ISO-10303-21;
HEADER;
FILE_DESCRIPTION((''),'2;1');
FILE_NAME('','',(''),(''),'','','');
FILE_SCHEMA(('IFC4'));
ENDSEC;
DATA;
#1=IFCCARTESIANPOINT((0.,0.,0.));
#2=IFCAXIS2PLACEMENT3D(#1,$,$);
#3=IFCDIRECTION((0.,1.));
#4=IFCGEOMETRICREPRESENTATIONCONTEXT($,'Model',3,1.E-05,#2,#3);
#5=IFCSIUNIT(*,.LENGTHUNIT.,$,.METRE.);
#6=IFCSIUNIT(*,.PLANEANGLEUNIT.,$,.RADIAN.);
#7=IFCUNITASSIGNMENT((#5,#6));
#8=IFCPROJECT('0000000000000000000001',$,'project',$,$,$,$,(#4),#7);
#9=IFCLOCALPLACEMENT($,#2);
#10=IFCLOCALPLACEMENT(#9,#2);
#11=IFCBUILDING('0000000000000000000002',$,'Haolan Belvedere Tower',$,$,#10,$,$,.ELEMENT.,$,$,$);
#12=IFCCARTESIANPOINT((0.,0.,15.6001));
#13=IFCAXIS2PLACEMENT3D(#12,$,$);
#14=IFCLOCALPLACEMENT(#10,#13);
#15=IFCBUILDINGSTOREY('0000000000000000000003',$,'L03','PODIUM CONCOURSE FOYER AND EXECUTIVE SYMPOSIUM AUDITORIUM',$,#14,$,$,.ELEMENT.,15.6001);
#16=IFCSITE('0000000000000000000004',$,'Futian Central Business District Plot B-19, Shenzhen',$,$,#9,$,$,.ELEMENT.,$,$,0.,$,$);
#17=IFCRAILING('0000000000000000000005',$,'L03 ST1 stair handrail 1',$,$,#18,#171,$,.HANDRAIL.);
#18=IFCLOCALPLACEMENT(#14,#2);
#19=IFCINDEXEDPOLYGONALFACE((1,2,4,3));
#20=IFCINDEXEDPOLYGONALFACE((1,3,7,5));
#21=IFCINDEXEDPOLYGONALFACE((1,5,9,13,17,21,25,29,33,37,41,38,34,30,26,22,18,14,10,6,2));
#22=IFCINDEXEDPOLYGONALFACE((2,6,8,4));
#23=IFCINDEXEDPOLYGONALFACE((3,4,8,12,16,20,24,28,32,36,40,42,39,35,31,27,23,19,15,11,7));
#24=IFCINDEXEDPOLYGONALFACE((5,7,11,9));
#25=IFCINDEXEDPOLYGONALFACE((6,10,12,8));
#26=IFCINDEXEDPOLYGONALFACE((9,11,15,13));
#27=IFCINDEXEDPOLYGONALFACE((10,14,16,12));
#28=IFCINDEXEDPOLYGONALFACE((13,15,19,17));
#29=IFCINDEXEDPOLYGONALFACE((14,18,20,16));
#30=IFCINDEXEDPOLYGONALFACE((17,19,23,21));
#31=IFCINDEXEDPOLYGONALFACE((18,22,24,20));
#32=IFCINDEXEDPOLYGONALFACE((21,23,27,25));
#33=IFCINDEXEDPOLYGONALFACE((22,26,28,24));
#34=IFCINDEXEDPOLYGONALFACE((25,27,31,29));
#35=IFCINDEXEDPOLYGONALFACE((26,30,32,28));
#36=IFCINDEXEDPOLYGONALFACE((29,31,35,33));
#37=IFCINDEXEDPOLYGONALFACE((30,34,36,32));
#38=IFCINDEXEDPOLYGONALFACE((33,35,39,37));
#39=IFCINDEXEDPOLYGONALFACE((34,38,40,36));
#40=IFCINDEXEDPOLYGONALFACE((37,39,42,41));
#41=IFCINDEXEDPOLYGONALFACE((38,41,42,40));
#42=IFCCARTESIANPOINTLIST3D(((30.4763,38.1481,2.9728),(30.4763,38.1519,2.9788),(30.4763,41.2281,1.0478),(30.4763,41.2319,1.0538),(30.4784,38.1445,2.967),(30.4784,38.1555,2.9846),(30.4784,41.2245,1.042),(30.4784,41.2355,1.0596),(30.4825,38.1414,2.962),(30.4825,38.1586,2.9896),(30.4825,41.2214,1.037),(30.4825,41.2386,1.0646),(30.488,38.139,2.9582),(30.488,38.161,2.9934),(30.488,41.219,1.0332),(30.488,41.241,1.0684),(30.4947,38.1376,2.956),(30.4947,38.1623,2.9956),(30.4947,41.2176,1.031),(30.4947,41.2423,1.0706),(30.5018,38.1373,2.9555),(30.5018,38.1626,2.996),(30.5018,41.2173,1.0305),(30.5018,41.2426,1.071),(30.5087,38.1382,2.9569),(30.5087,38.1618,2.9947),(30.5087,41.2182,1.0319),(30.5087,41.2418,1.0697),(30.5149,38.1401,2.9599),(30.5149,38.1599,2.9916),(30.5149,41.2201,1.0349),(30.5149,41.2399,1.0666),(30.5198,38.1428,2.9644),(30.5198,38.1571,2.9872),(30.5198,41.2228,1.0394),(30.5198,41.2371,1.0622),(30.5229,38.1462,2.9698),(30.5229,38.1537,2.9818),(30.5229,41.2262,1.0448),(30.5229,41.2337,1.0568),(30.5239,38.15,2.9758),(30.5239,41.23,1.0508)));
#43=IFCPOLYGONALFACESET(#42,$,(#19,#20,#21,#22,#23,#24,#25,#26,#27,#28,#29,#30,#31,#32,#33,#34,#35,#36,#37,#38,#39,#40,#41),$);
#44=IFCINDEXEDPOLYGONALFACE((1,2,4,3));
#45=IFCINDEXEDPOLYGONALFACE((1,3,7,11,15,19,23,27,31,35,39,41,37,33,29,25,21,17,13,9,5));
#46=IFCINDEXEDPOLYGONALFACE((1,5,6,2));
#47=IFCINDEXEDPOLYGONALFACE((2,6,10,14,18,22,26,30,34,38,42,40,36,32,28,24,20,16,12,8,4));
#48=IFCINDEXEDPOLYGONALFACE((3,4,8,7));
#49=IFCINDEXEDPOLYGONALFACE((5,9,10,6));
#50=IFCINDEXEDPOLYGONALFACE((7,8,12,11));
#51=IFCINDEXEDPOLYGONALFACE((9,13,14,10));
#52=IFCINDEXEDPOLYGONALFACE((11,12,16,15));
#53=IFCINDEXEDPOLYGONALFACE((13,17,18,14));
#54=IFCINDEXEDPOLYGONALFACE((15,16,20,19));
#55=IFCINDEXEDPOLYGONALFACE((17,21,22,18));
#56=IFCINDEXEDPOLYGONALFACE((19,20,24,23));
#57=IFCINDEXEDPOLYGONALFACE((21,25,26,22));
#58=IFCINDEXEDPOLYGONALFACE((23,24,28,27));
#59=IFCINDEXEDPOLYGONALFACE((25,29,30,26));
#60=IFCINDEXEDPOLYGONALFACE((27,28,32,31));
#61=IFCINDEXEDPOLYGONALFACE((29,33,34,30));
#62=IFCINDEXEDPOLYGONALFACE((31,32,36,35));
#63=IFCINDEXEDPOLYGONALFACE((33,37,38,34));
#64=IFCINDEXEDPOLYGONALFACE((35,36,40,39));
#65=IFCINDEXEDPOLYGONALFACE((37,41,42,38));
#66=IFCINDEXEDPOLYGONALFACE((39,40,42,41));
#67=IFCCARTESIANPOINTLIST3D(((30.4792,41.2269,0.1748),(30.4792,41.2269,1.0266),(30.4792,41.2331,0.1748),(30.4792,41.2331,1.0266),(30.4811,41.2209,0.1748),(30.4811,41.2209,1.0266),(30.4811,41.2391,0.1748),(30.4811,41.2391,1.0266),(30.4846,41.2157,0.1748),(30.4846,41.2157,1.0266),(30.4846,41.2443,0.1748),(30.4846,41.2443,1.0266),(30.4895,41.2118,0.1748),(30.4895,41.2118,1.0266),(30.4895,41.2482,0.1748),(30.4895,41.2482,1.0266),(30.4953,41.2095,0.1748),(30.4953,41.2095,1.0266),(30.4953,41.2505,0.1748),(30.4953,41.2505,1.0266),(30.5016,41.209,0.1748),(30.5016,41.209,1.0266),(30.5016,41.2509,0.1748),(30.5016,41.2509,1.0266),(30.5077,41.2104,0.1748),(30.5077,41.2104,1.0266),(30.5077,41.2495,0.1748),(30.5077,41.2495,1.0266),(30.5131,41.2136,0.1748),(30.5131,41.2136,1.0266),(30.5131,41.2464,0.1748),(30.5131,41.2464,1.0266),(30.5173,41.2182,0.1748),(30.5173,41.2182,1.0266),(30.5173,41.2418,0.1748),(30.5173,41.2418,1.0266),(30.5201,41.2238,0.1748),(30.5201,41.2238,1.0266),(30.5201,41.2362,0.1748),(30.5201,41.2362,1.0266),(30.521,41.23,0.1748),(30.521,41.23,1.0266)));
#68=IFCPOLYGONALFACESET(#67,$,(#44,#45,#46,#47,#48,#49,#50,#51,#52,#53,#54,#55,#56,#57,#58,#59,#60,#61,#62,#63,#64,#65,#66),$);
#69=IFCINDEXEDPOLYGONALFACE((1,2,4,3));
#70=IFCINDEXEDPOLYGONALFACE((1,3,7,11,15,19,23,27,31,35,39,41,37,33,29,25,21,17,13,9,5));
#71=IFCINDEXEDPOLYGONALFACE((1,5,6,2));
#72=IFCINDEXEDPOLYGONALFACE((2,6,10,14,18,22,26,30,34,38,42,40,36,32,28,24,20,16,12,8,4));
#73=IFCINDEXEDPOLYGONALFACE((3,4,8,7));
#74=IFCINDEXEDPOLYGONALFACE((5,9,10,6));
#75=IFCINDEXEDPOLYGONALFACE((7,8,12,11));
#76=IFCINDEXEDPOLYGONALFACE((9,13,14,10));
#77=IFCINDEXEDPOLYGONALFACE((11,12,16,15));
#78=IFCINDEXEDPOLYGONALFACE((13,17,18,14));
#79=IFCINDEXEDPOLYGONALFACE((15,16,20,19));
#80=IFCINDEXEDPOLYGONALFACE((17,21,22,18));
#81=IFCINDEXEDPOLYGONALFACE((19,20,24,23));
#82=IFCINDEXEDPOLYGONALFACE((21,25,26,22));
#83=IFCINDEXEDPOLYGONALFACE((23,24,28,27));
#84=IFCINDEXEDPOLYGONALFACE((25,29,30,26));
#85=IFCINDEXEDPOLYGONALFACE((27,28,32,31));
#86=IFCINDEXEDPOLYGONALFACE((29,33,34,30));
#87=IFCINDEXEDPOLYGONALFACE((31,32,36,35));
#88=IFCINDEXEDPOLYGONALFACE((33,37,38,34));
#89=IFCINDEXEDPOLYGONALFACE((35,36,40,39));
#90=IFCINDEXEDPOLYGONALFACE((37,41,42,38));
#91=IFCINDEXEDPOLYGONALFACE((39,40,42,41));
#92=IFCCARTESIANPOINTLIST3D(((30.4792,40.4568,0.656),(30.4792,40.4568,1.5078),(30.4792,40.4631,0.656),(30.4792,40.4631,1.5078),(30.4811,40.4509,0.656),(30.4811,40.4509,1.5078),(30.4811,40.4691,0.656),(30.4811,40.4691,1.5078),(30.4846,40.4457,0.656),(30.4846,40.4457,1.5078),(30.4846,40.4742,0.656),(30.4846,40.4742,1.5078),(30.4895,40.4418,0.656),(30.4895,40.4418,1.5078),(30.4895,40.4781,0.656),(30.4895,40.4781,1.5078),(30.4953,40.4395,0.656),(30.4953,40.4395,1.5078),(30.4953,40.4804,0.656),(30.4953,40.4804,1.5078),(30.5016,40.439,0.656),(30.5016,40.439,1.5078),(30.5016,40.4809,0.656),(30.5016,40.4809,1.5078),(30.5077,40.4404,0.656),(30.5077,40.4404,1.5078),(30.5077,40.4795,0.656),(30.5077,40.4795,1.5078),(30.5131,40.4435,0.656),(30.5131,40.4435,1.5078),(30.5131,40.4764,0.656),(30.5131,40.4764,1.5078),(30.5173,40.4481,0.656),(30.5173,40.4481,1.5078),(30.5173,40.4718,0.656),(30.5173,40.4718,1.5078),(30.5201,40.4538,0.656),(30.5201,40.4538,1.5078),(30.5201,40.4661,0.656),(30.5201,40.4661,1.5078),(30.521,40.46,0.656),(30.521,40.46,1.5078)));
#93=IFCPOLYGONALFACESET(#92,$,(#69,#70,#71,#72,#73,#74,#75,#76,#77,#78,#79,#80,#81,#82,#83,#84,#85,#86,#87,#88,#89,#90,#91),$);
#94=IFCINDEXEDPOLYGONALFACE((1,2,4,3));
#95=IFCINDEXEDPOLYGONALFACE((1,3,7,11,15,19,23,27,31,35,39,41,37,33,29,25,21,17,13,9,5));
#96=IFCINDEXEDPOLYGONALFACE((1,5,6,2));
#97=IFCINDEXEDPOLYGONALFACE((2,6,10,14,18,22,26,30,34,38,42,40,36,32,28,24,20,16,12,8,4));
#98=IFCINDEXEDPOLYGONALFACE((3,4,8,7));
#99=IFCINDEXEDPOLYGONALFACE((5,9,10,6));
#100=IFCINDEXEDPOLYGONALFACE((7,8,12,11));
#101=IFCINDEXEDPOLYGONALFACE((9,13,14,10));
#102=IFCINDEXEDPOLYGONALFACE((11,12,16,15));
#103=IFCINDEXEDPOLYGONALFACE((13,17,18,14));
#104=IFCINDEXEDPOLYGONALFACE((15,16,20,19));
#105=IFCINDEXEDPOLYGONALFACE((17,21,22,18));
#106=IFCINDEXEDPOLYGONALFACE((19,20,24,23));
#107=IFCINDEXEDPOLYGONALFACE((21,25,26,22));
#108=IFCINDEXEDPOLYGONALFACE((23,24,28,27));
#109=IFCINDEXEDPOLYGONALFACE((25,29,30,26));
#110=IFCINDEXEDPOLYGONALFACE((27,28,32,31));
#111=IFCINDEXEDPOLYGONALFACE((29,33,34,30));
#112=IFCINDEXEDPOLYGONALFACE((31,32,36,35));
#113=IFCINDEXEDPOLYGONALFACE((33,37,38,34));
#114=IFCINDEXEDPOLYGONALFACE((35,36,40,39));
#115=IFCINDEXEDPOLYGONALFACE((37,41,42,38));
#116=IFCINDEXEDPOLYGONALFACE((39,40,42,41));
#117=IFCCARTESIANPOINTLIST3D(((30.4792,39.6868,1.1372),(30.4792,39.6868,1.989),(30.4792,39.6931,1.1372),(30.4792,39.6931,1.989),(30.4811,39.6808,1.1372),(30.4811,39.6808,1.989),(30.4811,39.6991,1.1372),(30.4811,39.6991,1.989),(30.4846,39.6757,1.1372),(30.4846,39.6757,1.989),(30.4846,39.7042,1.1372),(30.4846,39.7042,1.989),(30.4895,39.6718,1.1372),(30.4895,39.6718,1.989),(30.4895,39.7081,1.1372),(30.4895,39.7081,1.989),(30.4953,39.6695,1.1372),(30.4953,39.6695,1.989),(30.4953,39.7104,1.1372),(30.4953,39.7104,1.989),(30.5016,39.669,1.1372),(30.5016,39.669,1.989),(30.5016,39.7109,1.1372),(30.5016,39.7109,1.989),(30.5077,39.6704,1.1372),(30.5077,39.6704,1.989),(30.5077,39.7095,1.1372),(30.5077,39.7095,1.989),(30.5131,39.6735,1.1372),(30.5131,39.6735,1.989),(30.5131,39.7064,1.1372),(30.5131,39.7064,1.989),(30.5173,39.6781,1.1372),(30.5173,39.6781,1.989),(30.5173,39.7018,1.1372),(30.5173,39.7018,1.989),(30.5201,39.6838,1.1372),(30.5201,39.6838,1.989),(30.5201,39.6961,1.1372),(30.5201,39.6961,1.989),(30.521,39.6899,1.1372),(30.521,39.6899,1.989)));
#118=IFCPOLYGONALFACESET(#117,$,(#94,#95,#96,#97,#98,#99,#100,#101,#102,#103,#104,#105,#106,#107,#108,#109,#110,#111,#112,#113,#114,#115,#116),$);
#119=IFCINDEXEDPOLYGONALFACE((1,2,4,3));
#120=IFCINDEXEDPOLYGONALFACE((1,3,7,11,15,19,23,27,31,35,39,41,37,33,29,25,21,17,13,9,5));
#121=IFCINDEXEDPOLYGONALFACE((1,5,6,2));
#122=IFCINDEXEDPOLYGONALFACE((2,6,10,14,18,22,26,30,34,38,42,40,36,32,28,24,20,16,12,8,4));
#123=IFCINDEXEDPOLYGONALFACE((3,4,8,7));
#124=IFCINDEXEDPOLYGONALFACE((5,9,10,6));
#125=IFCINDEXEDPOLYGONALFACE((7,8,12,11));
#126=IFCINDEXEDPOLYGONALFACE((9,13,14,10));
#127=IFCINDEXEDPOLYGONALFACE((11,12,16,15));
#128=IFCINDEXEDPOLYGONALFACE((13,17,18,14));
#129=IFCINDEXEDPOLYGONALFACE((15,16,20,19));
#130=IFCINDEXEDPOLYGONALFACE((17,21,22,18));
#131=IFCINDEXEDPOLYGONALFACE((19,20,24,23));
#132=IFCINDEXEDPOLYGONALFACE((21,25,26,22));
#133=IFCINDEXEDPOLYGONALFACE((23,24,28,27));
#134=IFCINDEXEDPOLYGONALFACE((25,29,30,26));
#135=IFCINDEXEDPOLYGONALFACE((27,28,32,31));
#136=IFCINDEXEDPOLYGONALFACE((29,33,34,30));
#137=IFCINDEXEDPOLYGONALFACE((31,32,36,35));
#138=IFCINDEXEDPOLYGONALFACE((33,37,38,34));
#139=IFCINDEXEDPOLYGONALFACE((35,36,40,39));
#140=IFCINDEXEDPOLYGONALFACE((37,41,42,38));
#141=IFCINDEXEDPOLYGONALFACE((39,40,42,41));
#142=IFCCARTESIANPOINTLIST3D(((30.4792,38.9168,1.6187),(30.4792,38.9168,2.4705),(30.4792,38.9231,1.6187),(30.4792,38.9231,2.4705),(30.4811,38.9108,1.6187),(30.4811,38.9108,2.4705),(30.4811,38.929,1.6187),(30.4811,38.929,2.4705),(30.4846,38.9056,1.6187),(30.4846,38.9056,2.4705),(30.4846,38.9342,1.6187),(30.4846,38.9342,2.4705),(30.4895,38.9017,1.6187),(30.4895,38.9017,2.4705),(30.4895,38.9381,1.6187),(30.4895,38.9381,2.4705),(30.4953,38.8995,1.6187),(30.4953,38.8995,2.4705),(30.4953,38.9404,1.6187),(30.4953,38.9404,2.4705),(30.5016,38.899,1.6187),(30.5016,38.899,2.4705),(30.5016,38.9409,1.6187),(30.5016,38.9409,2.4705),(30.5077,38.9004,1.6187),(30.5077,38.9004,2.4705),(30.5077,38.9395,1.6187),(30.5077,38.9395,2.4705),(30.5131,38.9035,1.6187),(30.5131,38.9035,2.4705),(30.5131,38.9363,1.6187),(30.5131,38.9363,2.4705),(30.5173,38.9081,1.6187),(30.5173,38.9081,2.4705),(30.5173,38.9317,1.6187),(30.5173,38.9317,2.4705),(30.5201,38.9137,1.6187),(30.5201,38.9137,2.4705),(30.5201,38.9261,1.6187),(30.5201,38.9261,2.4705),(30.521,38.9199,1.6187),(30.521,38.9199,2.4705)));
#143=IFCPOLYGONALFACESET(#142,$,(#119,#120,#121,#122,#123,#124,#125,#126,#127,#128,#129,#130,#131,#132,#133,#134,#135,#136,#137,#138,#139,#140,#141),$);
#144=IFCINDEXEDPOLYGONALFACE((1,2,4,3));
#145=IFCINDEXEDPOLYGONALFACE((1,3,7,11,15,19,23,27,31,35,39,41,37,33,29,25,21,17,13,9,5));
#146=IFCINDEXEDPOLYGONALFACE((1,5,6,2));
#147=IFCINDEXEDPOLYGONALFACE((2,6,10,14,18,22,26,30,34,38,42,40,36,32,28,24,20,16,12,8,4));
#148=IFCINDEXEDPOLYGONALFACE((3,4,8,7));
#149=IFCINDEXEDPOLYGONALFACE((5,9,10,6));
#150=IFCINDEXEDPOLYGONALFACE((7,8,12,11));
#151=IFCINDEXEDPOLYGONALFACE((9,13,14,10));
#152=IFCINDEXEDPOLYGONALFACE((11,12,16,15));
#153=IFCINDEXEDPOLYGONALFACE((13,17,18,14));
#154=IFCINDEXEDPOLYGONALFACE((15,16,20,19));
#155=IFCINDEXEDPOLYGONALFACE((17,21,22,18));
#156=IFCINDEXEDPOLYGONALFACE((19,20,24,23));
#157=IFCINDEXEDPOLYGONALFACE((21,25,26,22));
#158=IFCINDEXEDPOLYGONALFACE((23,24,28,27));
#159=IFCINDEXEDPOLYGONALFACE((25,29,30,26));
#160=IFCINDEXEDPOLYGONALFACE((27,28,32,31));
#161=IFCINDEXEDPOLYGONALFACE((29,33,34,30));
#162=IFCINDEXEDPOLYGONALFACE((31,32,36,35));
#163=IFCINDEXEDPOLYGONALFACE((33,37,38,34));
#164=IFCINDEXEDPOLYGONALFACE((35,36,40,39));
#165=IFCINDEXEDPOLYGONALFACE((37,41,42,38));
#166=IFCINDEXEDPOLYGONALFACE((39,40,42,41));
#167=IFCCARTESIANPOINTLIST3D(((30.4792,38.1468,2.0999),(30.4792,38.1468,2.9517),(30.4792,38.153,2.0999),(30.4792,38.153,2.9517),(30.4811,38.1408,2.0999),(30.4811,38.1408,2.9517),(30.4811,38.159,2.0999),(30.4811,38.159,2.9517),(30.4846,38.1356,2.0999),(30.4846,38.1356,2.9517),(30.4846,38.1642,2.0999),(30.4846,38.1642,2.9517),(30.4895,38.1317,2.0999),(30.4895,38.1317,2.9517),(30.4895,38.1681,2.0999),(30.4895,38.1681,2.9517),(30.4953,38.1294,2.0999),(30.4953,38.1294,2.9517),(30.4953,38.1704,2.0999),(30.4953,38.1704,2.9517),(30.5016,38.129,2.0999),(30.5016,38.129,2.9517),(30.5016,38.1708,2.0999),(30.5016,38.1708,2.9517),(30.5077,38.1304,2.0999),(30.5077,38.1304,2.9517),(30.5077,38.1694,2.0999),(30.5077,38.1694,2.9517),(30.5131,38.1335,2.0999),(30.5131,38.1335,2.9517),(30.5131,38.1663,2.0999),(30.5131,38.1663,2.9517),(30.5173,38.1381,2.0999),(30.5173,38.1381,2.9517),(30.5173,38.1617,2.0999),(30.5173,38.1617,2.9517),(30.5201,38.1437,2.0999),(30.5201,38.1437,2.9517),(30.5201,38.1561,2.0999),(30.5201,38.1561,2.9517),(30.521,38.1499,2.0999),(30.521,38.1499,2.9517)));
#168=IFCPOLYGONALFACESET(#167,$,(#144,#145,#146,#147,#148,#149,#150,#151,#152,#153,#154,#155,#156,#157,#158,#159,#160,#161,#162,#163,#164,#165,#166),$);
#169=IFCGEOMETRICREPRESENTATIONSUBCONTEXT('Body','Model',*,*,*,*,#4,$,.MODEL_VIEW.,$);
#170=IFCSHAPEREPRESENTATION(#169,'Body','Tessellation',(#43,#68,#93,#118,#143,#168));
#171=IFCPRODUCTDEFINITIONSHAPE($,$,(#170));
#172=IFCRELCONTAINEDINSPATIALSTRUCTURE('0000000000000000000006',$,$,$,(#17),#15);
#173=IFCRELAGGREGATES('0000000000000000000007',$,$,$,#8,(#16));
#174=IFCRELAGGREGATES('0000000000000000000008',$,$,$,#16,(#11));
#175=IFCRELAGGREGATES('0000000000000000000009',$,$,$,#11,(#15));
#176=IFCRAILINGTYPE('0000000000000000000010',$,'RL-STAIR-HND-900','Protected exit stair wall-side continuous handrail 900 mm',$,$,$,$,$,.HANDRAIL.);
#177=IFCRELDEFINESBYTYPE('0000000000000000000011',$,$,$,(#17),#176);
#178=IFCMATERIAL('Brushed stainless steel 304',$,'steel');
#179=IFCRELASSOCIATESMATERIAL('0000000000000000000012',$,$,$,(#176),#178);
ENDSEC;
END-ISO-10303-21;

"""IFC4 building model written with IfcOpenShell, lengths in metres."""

from ifc_helpers import new_model, si_unit, direction, frame, origin, origin_2d, place, context, subcontext, project, spatial, circle, extrude, material, type_object, element, save


model = new_model("IFC4")

# Units and contexts
model_context = context("Model", 3, precision=1e-05, world=origin(), true_north=direction((0.0, 1.0)))
body_context = subcontext(model_context, "Body", "Model", "MODEL_VIEW")
ifc_project = project(units=[si_unit("LENGTHUNIT", "METRE"), si_unit("PLANEANGLEUNIT", "RADIAN")], contexts=[model_context])

# Site, building, storey
site_placement = place(None, origin())
site = spatial("IfcSite", under=ifc_project, at=site_placement, Name="Futian Central Business District Plot B-19, Shenzhen", CompositionType="ELEMENT", RefElevation=0.0)
building_placement = place(site_placement, origin())
building = spatial("IfcBuilding", under=site, at=building_placement, Name="Haolan Belvedere Tower", CompositionType="ELEMENT")
storey_placement = place(building_placement, frame((0.0, 0.0, 15.6001)))
storey = spatial("IfcBuildingStorey", under=building, at=storey_placement, Name="L03", Description="PODIUM CONCOURSE FOYER AND EXECUTIVE SYMPOSIUM AUDITORIUM", CompositionType="ELEMENT", Elevation=15.6001)

# Railing
ifc_material_1 = material(Name="Brushed stainless steel 304", Category="steel")
railing_type_1 = type_object("IfcRailingType", Name="RL-STAIR-HND-900", Description="Protected exit stair wall-side continuous handrail 900 mm", PredefinedType="HANDRAIL", material=ifc_material_1)
railing_1_placement = place(storey_placement, frame((30.5, 41.23, 0.1748)))
element("IfcRailing", 1, at=railing_1_placement, inside=storey, type_object=railing_type_1, Name="L03 ST1 stair handrail 1", PredefinedType="HANDRAIL", context=body_context, shape_type="SweptSolid", body=[
    extrude(circle(Radius=0.0239, at=origin_2d()), frame((0.0, 0.0, 0.876), z_axis=(0.0, -0.847998, 0.529999), x_axis=(1.0, 0.0, 0.0)), (0.0, 0.0, 1.0), 3.6321),
    extrude(circle(Radius=0.021, at=origin_2d()), origin(), (0.0, 0.0, 1.0), 0.8518),
    extrude(circle(Radius=0.021, at=origin_2d()), frame((0.0, -0.77, 0.4812)), (0.0, 0.0, 1.0), 0.8518),
    extrude(circle(Radius=0.021, at=origin_2d()), frame((0.0, -1.54, 0.9624)), (0.0, 0.0, 1.0), 0.8518),
    extrude(circle(Radius=0.021, at=origin_2d()), frame((0.0, -2.3101, 1.4438)), (0.0, 0.0, 1.0), 0.8518),
    extrude(circle(Radius=0.021, at=origin_2d()), frame((0.0, -3.0801, 1.925)), (0.0, 0.0, 1.0), 0.8518),
])

save(model, "model.ifc")
